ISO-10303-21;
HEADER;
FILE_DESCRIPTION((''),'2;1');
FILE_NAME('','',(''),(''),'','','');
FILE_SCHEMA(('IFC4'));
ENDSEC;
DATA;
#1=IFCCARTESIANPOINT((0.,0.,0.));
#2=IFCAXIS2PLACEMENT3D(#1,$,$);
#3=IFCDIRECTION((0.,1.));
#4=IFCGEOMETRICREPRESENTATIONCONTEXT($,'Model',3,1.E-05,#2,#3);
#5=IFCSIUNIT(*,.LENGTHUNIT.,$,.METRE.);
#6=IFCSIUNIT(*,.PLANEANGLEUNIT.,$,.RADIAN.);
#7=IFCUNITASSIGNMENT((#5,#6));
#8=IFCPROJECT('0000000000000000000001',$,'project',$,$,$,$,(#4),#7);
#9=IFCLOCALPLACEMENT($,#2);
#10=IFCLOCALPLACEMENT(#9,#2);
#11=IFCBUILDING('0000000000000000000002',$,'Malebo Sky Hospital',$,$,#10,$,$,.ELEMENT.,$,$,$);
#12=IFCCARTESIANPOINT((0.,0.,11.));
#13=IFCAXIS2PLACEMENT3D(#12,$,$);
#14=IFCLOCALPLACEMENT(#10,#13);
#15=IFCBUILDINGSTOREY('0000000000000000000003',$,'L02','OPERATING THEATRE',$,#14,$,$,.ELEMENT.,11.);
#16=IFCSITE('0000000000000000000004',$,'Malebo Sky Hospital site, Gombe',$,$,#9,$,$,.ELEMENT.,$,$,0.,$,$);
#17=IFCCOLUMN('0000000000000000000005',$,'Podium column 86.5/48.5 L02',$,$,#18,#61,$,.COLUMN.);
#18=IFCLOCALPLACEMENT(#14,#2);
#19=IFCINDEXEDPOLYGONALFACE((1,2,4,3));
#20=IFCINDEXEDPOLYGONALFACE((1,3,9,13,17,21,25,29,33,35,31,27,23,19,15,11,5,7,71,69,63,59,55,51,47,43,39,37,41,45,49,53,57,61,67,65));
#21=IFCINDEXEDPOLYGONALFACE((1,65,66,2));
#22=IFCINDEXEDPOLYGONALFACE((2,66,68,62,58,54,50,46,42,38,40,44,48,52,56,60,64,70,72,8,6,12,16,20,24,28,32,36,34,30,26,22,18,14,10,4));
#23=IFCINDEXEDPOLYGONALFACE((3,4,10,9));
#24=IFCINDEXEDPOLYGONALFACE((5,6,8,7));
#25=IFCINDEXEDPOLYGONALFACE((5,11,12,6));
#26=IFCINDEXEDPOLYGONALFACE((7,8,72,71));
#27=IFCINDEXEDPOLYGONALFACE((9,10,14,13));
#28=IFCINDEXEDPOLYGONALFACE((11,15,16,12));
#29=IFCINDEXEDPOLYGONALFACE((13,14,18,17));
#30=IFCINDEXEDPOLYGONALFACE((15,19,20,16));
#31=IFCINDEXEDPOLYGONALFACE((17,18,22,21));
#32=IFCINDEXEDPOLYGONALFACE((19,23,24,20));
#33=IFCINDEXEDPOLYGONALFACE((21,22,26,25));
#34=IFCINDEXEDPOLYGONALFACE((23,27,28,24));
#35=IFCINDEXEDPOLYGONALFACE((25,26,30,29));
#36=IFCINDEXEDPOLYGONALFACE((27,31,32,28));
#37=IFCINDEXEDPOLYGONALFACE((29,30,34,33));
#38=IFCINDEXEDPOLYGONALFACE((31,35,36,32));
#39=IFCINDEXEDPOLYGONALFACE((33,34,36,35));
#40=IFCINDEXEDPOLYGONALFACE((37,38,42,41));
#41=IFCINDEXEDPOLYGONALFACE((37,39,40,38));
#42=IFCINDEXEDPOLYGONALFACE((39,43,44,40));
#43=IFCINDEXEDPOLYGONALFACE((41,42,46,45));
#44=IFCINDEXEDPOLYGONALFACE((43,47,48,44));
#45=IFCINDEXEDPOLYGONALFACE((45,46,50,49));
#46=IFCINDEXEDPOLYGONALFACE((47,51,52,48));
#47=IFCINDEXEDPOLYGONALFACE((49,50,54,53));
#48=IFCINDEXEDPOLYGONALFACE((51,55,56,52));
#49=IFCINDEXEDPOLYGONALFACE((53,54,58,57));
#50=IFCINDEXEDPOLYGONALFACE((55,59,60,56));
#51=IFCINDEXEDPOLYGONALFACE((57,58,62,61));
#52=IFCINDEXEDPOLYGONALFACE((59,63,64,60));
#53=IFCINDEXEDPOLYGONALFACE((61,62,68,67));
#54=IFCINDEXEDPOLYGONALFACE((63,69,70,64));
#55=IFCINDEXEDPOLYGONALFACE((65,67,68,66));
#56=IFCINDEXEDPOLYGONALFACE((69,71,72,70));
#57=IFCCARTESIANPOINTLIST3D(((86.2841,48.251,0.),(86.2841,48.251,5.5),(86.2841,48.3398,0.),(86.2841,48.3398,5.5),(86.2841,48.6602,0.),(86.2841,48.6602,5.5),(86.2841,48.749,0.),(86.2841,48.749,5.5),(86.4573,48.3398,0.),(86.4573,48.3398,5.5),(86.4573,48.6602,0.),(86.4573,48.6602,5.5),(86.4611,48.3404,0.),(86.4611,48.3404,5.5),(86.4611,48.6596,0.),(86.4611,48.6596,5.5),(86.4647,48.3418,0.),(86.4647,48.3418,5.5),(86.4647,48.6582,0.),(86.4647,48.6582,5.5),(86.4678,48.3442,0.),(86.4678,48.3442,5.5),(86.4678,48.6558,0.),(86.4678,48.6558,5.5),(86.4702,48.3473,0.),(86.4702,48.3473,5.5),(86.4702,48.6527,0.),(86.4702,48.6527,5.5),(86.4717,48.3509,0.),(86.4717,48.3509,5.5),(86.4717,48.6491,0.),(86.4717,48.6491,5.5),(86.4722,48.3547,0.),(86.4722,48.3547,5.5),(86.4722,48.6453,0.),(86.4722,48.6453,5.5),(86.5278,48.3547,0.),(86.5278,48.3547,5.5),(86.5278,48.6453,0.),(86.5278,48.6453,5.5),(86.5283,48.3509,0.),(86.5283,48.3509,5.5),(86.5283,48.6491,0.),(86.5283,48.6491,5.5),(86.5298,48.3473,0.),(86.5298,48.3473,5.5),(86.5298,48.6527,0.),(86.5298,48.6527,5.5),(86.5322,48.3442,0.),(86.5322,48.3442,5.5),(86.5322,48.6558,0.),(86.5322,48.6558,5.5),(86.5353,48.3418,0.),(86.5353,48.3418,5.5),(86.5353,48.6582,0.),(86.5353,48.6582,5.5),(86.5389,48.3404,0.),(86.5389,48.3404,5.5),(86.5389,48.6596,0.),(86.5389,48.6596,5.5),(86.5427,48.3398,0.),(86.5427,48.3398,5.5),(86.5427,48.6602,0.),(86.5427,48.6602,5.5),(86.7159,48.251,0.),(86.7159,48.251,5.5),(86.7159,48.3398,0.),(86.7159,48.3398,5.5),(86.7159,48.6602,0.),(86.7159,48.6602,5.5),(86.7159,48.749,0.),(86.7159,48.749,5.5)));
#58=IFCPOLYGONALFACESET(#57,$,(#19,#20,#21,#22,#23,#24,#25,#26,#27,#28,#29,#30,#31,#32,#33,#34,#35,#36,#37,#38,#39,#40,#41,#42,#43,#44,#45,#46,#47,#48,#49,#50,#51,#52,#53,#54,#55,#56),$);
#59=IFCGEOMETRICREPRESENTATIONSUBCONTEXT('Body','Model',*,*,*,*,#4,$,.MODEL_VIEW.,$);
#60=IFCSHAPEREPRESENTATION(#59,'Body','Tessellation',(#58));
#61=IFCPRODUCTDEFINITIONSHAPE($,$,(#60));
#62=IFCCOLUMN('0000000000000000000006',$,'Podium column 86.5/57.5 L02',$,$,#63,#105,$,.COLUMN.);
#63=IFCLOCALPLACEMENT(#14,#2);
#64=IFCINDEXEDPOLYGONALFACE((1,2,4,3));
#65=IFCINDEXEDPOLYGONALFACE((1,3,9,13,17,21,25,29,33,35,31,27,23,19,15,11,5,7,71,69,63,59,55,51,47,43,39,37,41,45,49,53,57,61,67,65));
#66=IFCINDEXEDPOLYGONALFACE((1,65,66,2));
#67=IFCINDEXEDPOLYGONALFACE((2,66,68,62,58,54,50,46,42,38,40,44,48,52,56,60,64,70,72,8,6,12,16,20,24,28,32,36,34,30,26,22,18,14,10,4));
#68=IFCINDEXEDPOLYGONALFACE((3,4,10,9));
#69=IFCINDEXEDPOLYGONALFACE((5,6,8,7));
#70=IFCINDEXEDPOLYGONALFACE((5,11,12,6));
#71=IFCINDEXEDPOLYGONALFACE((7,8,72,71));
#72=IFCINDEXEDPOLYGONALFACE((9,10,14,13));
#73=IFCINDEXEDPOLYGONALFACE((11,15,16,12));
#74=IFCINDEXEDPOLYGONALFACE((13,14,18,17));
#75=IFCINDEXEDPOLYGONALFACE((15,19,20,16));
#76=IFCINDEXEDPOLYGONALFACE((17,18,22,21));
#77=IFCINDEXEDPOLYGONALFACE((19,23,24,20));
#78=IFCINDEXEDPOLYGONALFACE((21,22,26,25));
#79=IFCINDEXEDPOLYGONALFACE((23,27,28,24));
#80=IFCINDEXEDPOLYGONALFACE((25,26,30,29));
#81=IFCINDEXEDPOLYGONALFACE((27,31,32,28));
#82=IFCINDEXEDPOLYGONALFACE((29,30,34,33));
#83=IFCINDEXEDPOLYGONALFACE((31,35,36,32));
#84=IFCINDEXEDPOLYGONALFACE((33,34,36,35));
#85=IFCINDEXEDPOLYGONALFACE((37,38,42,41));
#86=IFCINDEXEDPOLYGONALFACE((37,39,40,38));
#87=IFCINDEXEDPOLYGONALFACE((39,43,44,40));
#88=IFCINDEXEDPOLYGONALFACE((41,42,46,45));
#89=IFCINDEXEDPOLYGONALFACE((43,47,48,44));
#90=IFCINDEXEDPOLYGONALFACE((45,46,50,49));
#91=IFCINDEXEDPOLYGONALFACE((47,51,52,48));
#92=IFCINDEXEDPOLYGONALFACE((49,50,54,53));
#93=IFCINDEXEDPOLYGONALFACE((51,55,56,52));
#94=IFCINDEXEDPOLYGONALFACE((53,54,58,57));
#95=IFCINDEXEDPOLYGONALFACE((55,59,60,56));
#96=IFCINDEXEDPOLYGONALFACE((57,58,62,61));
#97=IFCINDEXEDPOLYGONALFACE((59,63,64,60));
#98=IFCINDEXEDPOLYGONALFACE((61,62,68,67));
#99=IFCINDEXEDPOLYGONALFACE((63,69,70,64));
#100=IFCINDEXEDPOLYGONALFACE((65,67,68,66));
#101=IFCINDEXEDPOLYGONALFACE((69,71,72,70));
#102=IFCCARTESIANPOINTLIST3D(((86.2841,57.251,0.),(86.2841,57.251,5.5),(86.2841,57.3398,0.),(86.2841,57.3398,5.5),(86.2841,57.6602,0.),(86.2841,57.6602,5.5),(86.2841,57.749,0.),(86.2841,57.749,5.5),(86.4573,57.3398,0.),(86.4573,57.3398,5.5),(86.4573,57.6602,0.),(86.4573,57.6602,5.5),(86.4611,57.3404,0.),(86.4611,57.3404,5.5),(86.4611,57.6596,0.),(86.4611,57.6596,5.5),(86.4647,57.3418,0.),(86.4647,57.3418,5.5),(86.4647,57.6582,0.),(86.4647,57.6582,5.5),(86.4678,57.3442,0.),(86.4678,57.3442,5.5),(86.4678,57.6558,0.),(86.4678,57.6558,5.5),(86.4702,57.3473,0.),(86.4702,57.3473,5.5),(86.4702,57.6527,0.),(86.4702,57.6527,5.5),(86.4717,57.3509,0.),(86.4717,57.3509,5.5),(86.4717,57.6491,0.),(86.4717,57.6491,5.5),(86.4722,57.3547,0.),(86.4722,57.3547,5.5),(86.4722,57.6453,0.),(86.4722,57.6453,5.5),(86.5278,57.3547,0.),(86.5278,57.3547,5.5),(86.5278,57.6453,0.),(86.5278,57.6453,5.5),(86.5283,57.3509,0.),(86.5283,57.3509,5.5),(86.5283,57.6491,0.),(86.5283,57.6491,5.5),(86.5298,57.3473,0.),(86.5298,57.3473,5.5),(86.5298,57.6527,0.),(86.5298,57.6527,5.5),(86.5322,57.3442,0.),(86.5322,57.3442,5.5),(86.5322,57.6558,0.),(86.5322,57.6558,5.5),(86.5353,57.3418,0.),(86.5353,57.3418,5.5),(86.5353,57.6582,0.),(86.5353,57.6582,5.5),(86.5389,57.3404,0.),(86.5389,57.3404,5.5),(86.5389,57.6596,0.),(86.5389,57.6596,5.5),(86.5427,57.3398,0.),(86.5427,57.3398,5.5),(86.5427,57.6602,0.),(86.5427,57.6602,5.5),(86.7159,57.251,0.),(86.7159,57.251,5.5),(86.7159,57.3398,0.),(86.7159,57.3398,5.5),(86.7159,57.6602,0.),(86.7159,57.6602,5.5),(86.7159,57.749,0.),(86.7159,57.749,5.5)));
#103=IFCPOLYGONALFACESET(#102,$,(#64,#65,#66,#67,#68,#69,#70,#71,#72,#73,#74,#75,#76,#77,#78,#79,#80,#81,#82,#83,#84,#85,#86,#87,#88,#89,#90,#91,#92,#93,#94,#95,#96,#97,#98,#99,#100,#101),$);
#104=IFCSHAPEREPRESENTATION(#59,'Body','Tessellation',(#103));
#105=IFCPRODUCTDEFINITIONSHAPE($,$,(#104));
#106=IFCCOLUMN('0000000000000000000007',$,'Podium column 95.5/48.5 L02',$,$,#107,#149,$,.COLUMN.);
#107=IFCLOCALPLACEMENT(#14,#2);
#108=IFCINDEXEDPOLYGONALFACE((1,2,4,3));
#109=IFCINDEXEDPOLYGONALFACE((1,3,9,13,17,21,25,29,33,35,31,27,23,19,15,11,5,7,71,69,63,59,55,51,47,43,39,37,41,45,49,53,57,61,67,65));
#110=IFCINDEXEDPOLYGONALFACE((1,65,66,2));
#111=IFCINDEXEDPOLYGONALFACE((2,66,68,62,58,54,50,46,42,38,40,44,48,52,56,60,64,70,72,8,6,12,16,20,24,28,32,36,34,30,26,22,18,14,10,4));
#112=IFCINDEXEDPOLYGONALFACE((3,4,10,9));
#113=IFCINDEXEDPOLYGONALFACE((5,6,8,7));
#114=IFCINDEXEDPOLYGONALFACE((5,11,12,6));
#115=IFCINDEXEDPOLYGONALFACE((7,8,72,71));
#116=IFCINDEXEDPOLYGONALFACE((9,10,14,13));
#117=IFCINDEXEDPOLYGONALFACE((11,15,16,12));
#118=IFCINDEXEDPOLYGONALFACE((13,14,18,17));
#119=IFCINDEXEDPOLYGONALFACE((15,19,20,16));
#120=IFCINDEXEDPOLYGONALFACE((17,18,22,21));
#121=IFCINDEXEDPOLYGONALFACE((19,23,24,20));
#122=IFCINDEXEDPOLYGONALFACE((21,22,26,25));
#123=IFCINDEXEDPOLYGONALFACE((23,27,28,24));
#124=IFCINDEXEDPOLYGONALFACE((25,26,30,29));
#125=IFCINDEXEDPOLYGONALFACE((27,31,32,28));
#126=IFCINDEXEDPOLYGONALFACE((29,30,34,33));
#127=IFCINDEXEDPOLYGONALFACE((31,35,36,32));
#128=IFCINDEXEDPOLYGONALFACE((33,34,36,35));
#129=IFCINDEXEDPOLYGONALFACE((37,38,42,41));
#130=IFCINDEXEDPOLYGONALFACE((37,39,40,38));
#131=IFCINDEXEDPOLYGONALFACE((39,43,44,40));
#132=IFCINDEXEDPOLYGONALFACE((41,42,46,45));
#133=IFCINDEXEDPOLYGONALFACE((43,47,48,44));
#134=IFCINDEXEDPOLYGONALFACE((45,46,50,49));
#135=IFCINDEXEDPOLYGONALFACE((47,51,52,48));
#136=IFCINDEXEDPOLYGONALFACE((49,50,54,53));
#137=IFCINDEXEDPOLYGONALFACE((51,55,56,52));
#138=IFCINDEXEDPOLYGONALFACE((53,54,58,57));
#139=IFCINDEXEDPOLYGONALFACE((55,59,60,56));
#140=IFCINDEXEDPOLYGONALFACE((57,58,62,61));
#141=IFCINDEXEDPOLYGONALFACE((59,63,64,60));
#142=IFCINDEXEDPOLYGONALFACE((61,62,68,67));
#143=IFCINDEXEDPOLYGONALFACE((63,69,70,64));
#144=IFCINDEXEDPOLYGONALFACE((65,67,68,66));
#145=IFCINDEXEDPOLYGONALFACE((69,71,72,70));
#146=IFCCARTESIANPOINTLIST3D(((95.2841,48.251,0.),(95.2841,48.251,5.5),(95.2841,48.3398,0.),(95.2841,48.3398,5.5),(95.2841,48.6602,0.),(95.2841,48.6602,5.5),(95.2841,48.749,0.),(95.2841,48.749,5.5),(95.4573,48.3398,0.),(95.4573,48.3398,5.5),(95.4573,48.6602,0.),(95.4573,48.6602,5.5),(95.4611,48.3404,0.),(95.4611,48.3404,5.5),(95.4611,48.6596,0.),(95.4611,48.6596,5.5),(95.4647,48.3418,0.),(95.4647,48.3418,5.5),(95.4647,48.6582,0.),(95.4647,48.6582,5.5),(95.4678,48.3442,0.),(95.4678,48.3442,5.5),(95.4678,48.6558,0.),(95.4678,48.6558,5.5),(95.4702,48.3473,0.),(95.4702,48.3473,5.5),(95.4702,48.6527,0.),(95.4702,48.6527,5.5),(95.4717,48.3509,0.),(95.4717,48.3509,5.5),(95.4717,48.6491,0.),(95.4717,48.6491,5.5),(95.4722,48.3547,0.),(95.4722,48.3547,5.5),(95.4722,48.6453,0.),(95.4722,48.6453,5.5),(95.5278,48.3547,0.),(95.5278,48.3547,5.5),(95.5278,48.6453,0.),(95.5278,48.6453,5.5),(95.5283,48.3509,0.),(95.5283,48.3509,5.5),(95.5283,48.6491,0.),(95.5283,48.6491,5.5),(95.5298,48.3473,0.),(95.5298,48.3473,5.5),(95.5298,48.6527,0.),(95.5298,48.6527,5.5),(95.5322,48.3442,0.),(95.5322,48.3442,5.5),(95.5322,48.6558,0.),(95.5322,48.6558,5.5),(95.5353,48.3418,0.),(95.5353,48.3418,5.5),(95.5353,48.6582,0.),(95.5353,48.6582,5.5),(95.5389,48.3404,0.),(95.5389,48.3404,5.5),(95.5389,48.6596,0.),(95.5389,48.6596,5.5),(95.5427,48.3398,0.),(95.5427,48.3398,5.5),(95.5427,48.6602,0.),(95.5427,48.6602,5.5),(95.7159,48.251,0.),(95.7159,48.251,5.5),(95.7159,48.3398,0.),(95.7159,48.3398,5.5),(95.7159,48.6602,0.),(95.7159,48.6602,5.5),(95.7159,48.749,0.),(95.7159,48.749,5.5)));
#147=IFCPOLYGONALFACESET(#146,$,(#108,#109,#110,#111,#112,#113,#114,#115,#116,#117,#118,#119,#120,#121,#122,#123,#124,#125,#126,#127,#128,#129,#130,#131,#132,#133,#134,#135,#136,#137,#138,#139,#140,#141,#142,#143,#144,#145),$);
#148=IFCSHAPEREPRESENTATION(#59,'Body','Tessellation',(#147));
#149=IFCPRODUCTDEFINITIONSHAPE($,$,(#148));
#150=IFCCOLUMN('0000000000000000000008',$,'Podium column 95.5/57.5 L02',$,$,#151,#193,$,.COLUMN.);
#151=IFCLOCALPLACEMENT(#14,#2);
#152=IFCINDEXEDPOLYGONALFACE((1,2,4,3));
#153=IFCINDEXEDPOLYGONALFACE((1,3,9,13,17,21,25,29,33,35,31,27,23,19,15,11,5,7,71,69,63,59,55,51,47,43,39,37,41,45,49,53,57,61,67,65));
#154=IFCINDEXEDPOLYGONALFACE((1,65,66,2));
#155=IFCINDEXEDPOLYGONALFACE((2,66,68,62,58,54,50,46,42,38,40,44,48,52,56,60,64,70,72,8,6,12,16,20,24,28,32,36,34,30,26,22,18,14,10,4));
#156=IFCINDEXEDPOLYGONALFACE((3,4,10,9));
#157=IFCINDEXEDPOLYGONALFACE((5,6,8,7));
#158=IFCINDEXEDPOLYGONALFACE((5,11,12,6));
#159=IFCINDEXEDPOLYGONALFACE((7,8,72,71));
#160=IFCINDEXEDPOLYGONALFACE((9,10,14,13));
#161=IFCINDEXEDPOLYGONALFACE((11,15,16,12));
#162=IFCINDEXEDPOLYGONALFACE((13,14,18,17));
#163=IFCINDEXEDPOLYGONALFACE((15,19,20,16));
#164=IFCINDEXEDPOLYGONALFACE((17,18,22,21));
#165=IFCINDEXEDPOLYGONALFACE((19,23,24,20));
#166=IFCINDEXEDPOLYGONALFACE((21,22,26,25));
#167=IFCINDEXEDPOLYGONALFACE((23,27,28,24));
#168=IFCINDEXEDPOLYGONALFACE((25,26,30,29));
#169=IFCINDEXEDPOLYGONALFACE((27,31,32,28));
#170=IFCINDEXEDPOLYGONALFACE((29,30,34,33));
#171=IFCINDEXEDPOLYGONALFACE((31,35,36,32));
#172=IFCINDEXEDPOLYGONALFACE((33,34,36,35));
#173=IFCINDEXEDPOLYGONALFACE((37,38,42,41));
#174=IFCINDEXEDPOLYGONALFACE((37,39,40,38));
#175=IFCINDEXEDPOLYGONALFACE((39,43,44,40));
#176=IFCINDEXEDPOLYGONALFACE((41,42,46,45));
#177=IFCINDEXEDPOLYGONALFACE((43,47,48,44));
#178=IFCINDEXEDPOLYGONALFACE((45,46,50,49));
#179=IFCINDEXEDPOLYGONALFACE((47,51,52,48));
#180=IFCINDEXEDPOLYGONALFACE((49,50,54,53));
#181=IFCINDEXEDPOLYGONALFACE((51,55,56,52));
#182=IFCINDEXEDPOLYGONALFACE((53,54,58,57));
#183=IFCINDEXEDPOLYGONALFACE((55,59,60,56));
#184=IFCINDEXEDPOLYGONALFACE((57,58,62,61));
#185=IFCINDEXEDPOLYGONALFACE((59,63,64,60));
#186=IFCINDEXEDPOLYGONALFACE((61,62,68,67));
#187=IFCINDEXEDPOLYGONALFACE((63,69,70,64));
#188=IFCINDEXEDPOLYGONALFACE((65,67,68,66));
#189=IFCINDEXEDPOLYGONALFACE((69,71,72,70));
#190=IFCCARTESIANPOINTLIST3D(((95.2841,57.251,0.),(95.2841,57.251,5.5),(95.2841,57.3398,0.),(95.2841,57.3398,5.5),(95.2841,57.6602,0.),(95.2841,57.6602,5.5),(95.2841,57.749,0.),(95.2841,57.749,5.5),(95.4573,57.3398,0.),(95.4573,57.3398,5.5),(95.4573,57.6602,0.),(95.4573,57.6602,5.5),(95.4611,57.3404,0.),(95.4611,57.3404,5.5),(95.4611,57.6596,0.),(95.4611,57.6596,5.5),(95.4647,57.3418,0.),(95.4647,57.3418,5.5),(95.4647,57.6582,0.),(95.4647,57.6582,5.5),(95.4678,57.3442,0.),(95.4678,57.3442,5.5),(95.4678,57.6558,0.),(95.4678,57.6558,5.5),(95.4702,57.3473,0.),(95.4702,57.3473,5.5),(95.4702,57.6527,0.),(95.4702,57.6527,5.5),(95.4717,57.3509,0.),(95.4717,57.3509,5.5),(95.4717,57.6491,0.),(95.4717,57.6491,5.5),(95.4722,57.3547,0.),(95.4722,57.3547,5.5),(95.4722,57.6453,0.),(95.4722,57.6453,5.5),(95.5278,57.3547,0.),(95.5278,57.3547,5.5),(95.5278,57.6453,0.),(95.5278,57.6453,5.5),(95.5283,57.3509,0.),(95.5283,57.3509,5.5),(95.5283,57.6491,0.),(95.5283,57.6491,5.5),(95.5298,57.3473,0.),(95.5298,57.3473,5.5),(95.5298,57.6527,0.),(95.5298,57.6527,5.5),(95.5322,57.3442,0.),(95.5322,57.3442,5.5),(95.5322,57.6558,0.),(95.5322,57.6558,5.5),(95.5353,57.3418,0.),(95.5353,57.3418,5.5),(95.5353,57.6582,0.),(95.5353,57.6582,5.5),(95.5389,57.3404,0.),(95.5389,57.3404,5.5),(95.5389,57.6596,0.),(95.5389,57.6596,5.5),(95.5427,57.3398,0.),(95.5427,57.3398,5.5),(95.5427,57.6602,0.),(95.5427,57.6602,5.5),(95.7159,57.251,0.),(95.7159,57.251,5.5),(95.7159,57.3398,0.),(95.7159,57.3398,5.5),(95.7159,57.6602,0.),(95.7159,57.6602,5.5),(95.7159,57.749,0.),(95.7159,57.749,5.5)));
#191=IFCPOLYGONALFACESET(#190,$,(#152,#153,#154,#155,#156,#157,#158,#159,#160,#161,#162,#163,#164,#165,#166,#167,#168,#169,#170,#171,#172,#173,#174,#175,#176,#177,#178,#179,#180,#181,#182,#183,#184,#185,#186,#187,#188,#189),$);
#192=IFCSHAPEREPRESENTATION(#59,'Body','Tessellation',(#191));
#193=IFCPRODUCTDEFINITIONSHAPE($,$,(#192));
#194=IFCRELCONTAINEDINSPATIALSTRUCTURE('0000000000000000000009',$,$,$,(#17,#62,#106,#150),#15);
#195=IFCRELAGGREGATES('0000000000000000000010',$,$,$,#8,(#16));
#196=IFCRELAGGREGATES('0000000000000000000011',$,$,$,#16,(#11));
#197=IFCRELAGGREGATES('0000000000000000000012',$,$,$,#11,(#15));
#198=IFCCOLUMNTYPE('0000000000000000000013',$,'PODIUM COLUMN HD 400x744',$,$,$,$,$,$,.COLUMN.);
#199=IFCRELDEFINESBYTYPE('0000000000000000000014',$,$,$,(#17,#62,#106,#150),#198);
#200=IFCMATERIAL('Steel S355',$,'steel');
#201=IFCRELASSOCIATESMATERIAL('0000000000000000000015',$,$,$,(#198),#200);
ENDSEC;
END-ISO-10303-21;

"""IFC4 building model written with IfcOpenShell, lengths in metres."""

from ifc_helpers import new_model, si_unit, direction, frame, origin, origin_2d, place, context, subcontext, project, spatial, i_section, extrude, material, material_profile, profile_set, type_object, element, save


model = new_model("IFC4")

# Units and contexts
model_context = context("Model", 3, precision=1e-05, world=origin(), true_north=direction((0.0, 1.0)))
body_context = subcontext(model_context, "Body", "Model", "MODEL_VIEW")
ifc_project = project(units=[si_unit("LENGTHUNIT", "METRE"), si_unit("PLANEANGLEUNIT", "RADIAN")], contexts=[model_context])

# Site, building, storey
site_placement = place(None, origin())
site = spatial("IfcSite", under=ifc_project, at=site_placement, Name="Malebo Sky Hospital site, Gombe", CompositionType="ELEMENT", RefElevation=0.0)
building_placement = place(site_placement, origin())
building = spatial("IfcBuilding", under=site, at=building_placement, Name="Malebo Sky Hospital", CompositionType="ELEMENT")
storey_placement = place(building_placement, frame((0.0, 0.0, 11.0)))
storey = spatial("IfcBuildingStorey", under=building, at=storey_placement, Name="L02", Description="OPERATING THEATRE", CompositionType="ELEMENT", Elevation=11.0)

# Columns
ifc_material_1 = material(Name="Steel S355", Category="steel")
ifc_material_profile_1 = material_profile(ifc_material_1, i_section(OverallWidth=0.4319, OverallDepth=0.498, WebThickness=0.0557, FlangeThickness=0.0889, FilletRadius=0.0149, at=origin_2d()), Name="HD 400x744")
ifc_profile_set_1 = profile_set([ifc_material_profile_1], Name="Steel S355")
column_type = type_object("IfcColumnType", Name="PODIUM COLUMN HD 400x744", PredefinedType="COLUMN", material=ifc_profile_set_1)
for number, where, z_axis, x_axis, name in (
    (1, (86.5, 48.5, 0.0), (0.0, 0.0, 1.0), (1.0, 0.0, 0.0), "Podium column 86.5/48.5 L02"),
    (2, (86.5, 57.5, 0.0), (0.0, 0.0, 1.0), (1.0, 0.0, 0.0), "Podium column 86.5/57.5 L02"),
    (3, (95.5, 48.5, 0.0), (0.0, 0.0, 1.0), (1.0, 0.0, 0.0), "Podium column 95.5/48.5 L02"),
    (4, (95.5, 57.5, 0.0), (0.0, 0.0, 1.0), (1.0, 0.0, 0.0), "Podium column 95.5/57.5 L02"),
):
    element("IfcColumn", number, at=place(storey_placement, frame(where, z_axis=z_axis, x_axis=x_axis)), inside=storey, type_object=column_type, Name=name, PredefinedType="COLUMN", context=body_context, shape_type="SweptSolid", body=[
        extrude(i_section(OverallWidth=0.4319, OverallDepth=0.498, WebThickness=0.0557, FlangeThickness=0.0889, FilletRadius=0.0149, at=origin_2d()), origin(), (0.0, 0.0, 1.0), 5.5),
    ])

save(model, "model.ifc")
